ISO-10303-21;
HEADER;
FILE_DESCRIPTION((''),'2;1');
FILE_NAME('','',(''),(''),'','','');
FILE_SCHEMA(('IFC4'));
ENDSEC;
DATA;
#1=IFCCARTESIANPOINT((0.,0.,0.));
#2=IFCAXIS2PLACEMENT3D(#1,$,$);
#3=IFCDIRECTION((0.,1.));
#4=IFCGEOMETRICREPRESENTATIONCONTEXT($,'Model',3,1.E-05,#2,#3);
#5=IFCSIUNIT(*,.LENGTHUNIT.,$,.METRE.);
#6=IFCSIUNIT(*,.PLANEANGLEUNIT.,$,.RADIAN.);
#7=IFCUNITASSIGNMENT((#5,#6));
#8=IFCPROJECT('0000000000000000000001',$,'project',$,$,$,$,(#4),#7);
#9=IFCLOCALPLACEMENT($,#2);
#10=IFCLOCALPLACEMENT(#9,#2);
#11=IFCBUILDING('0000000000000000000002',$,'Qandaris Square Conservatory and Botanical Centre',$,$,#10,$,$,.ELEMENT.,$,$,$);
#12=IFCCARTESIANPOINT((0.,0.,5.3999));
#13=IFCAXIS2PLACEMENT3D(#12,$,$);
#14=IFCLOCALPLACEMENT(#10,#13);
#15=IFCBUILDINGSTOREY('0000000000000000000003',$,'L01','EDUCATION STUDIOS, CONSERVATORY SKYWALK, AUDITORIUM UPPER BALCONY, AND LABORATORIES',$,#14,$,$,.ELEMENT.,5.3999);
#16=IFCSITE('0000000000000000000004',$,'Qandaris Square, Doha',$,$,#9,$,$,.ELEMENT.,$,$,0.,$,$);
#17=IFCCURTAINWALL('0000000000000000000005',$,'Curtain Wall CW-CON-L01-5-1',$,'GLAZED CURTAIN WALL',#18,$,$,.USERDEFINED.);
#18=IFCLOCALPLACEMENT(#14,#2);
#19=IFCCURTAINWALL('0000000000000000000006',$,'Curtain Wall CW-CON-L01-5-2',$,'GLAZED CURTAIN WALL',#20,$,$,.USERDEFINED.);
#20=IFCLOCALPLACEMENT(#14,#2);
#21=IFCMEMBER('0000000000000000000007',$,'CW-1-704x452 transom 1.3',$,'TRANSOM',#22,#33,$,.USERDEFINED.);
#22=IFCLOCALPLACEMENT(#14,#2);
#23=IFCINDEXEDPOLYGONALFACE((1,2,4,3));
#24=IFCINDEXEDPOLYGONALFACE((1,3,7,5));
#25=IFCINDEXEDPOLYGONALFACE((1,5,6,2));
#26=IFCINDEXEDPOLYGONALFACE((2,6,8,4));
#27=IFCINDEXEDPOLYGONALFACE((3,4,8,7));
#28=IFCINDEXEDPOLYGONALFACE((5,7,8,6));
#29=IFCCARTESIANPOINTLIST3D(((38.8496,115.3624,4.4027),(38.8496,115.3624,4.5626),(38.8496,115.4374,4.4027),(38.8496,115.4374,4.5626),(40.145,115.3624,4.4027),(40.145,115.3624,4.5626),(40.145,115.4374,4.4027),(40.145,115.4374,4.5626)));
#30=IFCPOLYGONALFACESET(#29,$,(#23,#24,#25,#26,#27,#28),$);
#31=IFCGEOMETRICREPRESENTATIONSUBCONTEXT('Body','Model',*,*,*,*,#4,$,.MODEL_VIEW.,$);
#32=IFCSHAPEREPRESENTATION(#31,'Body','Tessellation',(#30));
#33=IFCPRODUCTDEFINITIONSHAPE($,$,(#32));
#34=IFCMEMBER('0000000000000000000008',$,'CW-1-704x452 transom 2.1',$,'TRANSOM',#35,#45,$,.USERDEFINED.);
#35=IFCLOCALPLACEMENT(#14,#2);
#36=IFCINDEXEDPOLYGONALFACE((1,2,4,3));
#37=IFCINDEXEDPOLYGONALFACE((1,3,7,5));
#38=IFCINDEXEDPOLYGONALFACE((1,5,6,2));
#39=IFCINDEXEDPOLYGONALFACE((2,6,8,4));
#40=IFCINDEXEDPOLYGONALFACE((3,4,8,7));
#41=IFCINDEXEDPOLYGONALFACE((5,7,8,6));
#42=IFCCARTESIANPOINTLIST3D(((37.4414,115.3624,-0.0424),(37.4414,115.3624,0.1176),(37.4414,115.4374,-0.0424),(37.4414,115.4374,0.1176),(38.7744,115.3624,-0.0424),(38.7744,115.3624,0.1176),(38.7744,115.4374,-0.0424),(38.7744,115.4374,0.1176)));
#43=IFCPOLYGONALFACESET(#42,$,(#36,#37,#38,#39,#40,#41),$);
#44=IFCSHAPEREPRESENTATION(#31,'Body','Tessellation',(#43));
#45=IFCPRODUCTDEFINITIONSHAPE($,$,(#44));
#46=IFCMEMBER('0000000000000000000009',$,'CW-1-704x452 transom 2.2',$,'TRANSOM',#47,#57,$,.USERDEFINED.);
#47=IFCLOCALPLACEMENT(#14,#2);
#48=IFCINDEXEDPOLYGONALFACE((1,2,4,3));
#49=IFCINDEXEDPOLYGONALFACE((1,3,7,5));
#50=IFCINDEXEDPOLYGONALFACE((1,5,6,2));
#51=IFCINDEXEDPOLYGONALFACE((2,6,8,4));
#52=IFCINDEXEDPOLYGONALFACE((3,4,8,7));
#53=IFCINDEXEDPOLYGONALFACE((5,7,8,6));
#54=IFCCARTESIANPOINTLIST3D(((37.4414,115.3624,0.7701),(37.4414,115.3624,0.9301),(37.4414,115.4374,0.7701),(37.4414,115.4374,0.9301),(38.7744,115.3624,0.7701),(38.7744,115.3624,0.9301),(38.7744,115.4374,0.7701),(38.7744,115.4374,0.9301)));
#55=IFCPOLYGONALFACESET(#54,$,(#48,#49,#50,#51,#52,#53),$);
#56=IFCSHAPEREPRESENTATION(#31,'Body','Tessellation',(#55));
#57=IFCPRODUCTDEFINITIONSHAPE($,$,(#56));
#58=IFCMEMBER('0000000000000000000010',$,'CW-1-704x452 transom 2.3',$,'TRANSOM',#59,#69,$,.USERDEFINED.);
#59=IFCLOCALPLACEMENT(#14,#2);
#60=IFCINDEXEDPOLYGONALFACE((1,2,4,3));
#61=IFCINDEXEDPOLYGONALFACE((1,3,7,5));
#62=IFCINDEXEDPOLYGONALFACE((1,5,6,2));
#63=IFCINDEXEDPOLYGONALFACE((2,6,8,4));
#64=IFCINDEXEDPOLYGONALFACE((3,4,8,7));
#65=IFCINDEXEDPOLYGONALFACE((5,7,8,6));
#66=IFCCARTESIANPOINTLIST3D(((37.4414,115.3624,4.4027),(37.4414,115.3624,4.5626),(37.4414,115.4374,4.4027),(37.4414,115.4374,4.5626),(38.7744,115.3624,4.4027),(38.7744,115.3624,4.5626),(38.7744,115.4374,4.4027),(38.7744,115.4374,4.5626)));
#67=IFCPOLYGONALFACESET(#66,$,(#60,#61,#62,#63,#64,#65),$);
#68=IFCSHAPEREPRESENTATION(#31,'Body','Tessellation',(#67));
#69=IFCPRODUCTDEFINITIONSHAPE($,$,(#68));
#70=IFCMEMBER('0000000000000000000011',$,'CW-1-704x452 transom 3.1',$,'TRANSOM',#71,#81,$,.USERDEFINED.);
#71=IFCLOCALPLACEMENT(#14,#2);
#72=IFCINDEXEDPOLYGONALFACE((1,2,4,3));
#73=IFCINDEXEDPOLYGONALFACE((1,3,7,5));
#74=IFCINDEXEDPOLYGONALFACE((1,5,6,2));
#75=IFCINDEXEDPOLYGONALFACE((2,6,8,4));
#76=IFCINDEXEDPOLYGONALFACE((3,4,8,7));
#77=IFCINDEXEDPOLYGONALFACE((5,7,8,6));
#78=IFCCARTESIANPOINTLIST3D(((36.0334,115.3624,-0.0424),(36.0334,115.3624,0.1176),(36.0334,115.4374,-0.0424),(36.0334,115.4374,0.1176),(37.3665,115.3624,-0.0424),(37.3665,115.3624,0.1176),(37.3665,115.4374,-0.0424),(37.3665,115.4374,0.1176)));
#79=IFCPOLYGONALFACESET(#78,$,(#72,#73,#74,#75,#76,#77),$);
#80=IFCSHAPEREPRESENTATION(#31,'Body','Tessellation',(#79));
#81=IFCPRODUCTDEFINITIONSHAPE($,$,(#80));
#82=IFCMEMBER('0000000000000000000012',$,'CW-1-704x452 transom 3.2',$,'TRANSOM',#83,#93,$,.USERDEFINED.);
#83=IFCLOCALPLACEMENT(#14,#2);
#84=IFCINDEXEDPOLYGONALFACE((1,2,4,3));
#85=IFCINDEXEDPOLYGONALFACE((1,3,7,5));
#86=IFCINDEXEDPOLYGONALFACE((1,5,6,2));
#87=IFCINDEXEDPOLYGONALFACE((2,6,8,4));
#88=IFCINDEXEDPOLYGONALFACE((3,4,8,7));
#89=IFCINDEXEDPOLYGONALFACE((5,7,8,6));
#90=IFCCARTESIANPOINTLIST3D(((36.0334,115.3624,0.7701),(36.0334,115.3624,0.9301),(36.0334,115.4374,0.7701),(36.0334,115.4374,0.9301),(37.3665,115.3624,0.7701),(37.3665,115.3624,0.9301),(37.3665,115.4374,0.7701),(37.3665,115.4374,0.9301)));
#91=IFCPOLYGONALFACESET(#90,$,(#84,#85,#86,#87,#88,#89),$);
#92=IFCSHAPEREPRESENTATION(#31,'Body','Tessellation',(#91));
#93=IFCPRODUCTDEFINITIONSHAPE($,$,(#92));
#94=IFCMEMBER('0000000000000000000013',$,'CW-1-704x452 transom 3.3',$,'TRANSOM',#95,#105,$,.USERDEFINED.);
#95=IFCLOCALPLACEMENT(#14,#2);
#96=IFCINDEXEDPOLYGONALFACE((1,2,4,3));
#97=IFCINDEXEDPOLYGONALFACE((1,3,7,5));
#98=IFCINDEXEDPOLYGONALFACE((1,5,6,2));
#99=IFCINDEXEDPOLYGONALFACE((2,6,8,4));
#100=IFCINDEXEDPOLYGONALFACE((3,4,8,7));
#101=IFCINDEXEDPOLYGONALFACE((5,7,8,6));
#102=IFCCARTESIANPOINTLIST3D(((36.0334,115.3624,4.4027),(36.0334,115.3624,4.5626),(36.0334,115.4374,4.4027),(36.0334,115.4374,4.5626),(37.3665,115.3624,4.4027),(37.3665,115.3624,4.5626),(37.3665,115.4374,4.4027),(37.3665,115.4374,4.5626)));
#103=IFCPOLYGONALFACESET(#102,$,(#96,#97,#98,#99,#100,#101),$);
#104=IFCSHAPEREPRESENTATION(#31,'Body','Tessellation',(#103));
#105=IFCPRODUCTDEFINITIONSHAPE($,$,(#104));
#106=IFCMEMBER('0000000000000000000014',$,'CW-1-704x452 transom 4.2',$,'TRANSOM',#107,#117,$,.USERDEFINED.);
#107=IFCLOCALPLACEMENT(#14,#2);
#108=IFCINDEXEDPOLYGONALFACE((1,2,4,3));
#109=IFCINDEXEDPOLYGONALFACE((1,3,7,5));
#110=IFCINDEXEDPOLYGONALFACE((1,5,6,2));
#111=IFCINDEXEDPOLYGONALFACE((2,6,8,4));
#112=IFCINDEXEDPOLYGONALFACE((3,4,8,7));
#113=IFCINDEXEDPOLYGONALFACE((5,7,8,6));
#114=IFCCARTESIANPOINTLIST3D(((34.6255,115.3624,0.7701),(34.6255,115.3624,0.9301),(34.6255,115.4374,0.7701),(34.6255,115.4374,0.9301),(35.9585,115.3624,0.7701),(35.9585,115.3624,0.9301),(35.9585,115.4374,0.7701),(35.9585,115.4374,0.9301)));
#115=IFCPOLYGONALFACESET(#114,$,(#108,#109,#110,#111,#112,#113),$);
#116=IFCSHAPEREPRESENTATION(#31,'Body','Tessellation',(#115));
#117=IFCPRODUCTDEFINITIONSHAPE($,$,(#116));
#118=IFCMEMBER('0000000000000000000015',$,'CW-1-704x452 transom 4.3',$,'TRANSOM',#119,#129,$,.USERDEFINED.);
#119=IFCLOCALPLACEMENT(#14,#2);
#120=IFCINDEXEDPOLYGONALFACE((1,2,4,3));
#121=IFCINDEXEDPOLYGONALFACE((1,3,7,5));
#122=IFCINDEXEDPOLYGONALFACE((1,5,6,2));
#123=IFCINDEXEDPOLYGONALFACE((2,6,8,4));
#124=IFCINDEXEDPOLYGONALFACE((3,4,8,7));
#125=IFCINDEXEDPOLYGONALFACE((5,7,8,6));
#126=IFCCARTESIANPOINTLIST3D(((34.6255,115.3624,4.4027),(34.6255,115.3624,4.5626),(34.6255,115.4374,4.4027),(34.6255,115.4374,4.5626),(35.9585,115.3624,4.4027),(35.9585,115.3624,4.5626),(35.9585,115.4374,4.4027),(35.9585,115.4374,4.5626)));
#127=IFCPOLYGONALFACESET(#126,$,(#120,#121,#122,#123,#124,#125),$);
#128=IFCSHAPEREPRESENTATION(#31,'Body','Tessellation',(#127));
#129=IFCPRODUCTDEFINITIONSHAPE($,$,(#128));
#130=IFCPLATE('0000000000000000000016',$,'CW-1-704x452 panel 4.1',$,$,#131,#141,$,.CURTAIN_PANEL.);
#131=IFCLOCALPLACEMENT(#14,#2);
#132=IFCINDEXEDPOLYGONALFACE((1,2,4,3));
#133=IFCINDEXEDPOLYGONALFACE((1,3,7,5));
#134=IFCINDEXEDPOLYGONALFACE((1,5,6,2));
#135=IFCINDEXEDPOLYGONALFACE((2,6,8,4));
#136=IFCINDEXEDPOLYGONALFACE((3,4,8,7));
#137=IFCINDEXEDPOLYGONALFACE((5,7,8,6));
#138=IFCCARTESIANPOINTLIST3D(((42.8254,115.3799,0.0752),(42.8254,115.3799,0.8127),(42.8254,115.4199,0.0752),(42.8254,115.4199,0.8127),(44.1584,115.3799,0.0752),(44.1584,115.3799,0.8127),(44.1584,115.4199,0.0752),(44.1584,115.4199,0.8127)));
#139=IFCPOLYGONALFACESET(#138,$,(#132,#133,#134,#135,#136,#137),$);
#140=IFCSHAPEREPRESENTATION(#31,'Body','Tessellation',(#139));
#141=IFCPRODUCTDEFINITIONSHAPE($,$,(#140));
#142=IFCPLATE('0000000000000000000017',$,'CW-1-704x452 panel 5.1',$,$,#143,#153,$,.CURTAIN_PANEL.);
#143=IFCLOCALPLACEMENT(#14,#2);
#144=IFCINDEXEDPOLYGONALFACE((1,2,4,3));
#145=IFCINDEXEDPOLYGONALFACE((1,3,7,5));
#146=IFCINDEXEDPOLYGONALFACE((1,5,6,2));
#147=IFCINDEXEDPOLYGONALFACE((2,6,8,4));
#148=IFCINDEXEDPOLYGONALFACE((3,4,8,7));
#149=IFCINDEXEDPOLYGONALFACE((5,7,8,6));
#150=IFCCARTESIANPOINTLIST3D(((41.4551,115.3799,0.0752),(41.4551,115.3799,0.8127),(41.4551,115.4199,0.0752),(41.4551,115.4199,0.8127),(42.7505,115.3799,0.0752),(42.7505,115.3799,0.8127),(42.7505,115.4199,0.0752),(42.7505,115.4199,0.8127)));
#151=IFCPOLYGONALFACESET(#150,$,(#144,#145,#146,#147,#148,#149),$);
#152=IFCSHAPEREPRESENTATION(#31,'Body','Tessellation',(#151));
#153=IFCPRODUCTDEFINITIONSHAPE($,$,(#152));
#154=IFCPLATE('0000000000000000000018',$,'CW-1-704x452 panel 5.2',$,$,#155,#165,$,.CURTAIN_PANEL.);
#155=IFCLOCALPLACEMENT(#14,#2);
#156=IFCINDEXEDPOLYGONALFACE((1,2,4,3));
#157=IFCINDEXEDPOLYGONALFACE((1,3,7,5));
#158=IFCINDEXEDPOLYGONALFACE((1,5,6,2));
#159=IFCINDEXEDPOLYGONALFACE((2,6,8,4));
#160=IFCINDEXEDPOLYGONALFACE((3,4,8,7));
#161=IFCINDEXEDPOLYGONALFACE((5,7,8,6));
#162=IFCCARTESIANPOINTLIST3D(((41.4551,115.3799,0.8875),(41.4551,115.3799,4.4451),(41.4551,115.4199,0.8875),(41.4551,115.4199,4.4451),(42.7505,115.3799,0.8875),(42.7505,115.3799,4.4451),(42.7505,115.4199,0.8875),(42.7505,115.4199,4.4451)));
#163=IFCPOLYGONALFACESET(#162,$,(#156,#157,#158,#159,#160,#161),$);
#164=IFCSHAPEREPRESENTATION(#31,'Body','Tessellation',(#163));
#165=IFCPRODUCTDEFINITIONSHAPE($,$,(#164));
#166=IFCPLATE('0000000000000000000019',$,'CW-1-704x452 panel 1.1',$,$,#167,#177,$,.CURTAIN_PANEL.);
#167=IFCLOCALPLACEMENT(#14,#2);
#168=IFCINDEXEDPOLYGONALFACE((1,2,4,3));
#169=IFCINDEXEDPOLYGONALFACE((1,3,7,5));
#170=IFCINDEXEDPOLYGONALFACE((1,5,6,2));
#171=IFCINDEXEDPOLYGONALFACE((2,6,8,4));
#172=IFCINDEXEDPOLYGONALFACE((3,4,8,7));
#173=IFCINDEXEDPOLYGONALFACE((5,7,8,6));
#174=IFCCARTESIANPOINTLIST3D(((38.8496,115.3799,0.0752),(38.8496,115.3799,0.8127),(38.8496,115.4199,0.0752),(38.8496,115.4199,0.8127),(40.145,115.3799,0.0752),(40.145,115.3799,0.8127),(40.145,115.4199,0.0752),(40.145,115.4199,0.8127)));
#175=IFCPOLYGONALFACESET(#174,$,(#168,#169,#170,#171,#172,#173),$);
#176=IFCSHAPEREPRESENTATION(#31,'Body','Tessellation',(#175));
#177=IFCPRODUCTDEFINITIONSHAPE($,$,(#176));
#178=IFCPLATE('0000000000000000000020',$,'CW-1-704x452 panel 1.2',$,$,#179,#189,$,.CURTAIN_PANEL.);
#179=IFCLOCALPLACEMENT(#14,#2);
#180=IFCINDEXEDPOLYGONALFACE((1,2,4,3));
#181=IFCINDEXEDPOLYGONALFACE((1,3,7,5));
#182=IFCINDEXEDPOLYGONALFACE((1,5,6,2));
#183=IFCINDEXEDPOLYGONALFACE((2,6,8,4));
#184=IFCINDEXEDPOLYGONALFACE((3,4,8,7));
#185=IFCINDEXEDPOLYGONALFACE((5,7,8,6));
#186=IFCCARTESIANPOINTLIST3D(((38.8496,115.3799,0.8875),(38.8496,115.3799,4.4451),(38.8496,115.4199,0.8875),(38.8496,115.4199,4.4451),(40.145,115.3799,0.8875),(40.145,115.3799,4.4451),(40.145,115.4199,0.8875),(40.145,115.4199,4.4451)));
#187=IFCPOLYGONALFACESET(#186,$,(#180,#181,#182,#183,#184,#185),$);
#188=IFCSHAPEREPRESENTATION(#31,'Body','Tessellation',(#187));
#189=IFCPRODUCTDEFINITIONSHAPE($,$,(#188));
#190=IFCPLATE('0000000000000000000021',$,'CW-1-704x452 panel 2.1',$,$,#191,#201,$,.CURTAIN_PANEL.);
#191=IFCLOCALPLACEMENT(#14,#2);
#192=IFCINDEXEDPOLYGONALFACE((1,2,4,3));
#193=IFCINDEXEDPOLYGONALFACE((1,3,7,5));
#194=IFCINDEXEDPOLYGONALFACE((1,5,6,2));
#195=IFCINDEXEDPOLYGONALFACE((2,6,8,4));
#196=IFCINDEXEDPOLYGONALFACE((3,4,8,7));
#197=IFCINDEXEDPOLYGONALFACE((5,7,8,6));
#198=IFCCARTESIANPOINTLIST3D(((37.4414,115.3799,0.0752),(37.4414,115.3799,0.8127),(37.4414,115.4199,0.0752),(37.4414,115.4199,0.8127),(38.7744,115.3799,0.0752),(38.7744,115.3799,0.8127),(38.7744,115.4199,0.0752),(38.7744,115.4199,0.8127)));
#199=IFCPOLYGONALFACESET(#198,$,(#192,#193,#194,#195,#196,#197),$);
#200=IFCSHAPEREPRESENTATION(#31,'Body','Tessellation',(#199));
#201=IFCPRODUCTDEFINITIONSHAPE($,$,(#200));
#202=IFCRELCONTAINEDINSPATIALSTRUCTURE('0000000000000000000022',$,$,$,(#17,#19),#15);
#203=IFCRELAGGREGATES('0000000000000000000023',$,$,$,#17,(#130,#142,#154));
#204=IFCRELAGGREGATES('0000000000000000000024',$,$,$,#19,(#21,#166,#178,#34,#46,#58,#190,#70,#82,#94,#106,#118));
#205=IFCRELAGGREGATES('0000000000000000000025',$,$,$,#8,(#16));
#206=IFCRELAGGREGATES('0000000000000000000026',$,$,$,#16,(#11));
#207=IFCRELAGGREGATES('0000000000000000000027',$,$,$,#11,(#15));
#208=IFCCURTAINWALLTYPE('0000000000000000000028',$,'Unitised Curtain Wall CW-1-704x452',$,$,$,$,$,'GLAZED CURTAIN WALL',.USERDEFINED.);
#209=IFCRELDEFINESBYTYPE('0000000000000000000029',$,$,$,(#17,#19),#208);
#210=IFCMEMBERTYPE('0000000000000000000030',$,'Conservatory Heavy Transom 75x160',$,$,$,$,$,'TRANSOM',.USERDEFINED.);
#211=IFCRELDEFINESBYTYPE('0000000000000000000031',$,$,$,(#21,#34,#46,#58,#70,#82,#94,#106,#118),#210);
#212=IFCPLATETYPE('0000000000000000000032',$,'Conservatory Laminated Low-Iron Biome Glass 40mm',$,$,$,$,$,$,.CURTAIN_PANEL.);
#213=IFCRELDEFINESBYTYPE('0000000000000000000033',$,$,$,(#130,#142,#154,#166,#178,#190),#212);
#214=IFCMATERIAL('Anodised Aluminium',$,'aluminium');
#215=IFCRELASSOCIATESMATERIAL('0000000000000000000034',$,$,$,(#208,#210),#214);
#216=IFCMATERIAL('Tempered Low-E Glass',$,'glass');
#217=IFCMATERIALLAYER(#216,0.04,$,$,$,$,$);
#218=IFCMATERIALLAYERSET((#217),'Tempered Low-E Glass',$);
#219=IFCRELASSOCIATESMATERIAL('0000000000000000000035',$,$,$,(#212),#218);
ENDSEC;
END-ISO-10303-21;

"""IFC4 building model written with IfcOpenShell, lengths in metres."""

from ifc_helpers import new_model, si_unit, direction, frame, origin, origin_2d, place, context, subcontext, project, spatial, rectangle, extrude, material, layer, layer_set, material_profile, profile_set, type_object, element, aggregate, save


model = new_model("IFC4")

# Units and contexts
model_context = context("Model", 3, precision=1e-05, world=origin(), true_north=direction((0.0, 1.0)))
body_context = subcontext(model_context, "Body", "Model", "MODEL_VIEW")
ifc_project = project(units=[si_unit("LENGTHUNIT", "METRE"), si_unit("PLANEANGLEUNIT", "RADIAN")], contexts=[model_context])

# Site, building, storey
site_placement = place(None, origin())
site = spatial("IfcSite", under=ifc_project, at=site_placement, Name="Qandaris Square, Doha", CompositionType="ELEMENT", RefElevation=0.0)
building_placement = place(site_placement, origin())
building = spatial("IfcBuilding", under=site, at=building_placement, Name="Qandaris Square Conservatory and Botanical Centre", CompositionType="ELEMENT")
storey_placement = place(building_placement, frame((0.0, 0.0, 5.3999)))
storey = spatial("IfcBuildingStorey", under=building, at=storey_placement, Name="L01", Description="EDUCATION STUDIOS, CONSERVATORY SKYWALK, AUDITORIUM UPPER BALCONY, AND LABORATORIES", CompositionType="ELEMENT", Elevation=5.3999)

# Curtain walls
ifc_material_1 = material(Name="Anodised Aluminium", Category="aluminium")
curtain_wall_type = type_object("IfcCurtainWallType", Name="Unitised Curtain Wall CW-1-704x452", ElementType="GLAZED CURTAIN WALL", PredefinedType="USERDEFINED", material=ifc_material_1)
curtain_wall_1_placement = place(storey_placement, origin())
curtain_wall_1 = element("IfcCurtainWall", 1, at=curtain_wall_1_placement, inside=storey, type_object=curtain_wall_type, Name="Curtain Wall CW-CON-L01-5-1", ObjectType="GLAZED CURTAIN WALL", PredefinedType="USERDEFINED")
curtain_wall_2_placement = place(storey_placement, origin())
curtain_wall_2 = element("IfcCurtainWall", 2, at=curtain_wall_2_placement, inside=storey, type_object=curtain_wall_type, Name="Curtain Wall CW-CON-L01-5-2", ObjectType="GLAZED CURTAIN WALL", PredefinedType="USERDEFINED")

# Members
ifc_material_profile_1 = material_profile(ifc_material_1, rectangle(XDim=0.075, YDim=0.1599, at=origin_2d()), Name="ALU-TRN 75x160")
ifc_profile_set_1 = profile_set([ifc_material_profile_1], Name="Anodised Aluminium")
member_type_1 = type_object("IfcMemberType", Name="Conservatory Heavy Transom 75x160", ElementType="TRANSOM", PredefinedType="USERDEFINED", material=ifc_profile_set_1)
member_1_placement = place(storey_placement, frame((40.145, 115.3999, 4.4827), z_axis=(-1.0, 0.0, 0.0), x_axis=(0.0, -1.0, 0.0)))
member_1 = element("IfcMember", 3, at=member_1_placement, type_object=member_type_1, Name="CW-1-704x452 transom 1.3", ObjectType="TRANSOM", PredefinedType="USERDEFINED", context=body_context, shape_type="SweptSolid", body=[
    extrude(rectangle(XDim=0.075, YDim=0.1599, at=origin_2d()), origin(), (0.0, 0.0, 1.0), 1.2954),
])
member_2_placement = place(storey_placement, frame((38.7744, 115.3999, 0.0376), z_axis=(-1.0, 0.0, 0.0), x_axis=(0.0, -1.0, 0.0)))
member_2 = element("IfcMember", 4, at=member_2_placement, type_object=member_type_1, Name="CW-1-704x452 transom 2.1", ObjectType="TRANSOM", PredefinedType="USERDEFINED", context=body_context, shape_type="SweptSolid", body=[
    extrude(rectangle(XDim=0.075, YDim=0.1599, at=origin_2d()), origin(), (0.0, 0.0, 1.0), 1.333),
])
member_3_placement = place(storey_placement, frame((38.7744, 115.3999, 0.8501), z_axis=(-1.0, 0.0, 0.0), x_axis=(0.0, -1.0, 0.0)))
member_3 = element("IfcMember", 5, at=member_3_placement, type_object=member_type_1, Name="CW-1-704x452 transom 2.2", ObjectType="TRANSOM", PredefinedType="USERDEFINED", context=body_context, shape_type="SweptSolid", body=[
    extrude(rectangle(XDim=0.075, YDim=0.1599, at=origin_2d()), origin(), (0.0, 0.0, 1.0), 1.333),
])
member_4_placement = place(storey_placement, frame((38.7744, 115.3999, 4.4827), z_axis=(-1.0, 0.0, 0.0), x_axis=(0.0, -1.0, 0.0)))
member_4 = element("IfcMember", 6, at=member_4_placement, type_object=member_type_1, Name="CW-1-704x452 transom 2.3", ObjectType="TRANSOM", PredefinedType="USERDEFINED", context=body_context, shape_type="SweptSolid", body=[
    extrude(rectangle(XDim=0.075, YDim=0.1599, at=origin_2d()), origin(), (0.0, 0.0, 1.0), 1.333),
])
member_5_placement = place(storey_placement, frame((37.3665, 115.3999, 0.0376), z_axis=(-1.0, 0.0, 0.0), x_axis=(0.0, -1.0, 0.0)))
member_5 = element("IfcMember", 7, at=member_5_placement, type_object=member_type_1, Name="CW-1-704x452 transom 3.1", ObjectType="TRANSOM", PredefinedType="USERDEFINED", context=body_context, shape_type="SweptSolid", body=[
    extrude(rectangle(XDim=0.075, YDim=0.1599, at=origin_2d()), origin(), (0.0, 0.0, 1.0), 1.333),
])
member_6_placement = place(storey_placement, frame((37.3665, 115.3999, 0.8501), z_axis=(-1.0, 0.0, 0.0), x_axis=(0.0, -1.0, 0.0)))
member_6 = element("IfcMember", 8, at=member_6_placement, type_object=member_type_1, Name="CW-1-704x452 transom 3.2", ObjectType="TRANSOM", PredefinedType="USERDEFINED", context=body_context, shape_type="SweptSolid", body=[
    extrude(rectangle(XDim=0.075, YDim=0.1599, at=origin_2d()), origin(), (0.0, 0.0, 1.0), 1.333),
])
member_7_placement = place(storey_placement, frame((37.3665, 115.3999, 4.4827), z_axis=(-1.0, 0.0, 0.0), x_axis=(0.0, -1.0, 0.0)))
member_7 = element("IfcMember", 9, at=member_7_placement, type_object=member_type_1, Name="CW-1-704x452 transom 3.3", ObjectType="TRANSOM", PredefinedType="USERDEFINED", context=body_context, shape_type="SweptSolid", body=[
    extrude(rectangle(XDim=0.075, YDim=0.1599, at=origin_2d()), origin(), (0.0, 0.0, 1.0), 1.333),
])
member_8_placement = place(storey_placement, frame((35.9585, 115.3999, 0.8501), z_axis=(-1.0, 0.0, 0.0), x_axis=(0.0, -1.0, 0.0)))
member_8 = element("IfcMember", 10, at=member_8_placement, type_object=member_type_1, Name="CW-1-704x452 transom 4.2", ObjectType="TRANSOM", PredefinedType="USERDEFINED", context=body_context, shape_type="SweptSolid", body=[
    extrude(rectangle(XDim=0.075, YDim=0.1599, at=origin_2d()), origin(), (0.0, 0.0, 1.0), 1.333),
])
member_9_placement = place(storey_placement, frame((35.9585, 115.3999, 4.4827), z_axis=(-1.0, 0.0, 0.0), x_axis=(0.0, -1.0, 0.0)))
member_9 = element("IfcMember", 11, at=member_9_placement, type_object=member_type_1, Name="CW-1-704x452 transom 4.3", ObjectType="TRANSOM", PredefinedType="USERDEFINED", context=body_context, shape_type="SweptSolid", body=[
    extrude(rectangle(XDim=0.075, YDim=0.1599, at=origin_2d()), origin(), (0.0, 0.0, 1.0), 1.333),
])

# Plates
ifc_material_2 = material(Name="Tempered Low-E Glass", Category="glass")
ifc_layer = layer(ifc_material_2, 0.04)
ifc_layer_set = layer_set([ifc_layer], Name="Tempered Low-E Glass")
plate_type = type_object("IfcPlateType", Name="Conservatory Laminated Low-Iron Biome Glass 40mm", PredefinedType="CURTAIN_PANEL", material=ifc_layer_set)
plate_1_placement = place(storey_placement, frame((43.4919, 115.3999, 0.0752), z_axis=(0.0, 0.0, 1.0), x_axis=(-1.0, 0.0, 0.0)))
plate_1 = element("IfcPlate", 12, at=plate_1_placement, type_object=plate_type, Name="CW-1-704x452 panel 4.1", PredefinedType="CURTAIN_PANEL", context=body_context, shape_type="SweptSolid", body=[
    extrude(rectangle(XDim=1.333, YDim=0.04, at=origin_2d()), origin(), (0.0, 0.0, 1.0), 0.7375),
])
plate_2_placement = place(storey_placement, frame((42.1028, 115.3999, 0.0752), z_axis=(0.0, 0.0, 1.0), x_axis=(-1.0, 0.0, 0.0)))
plate_2 = element("IfcPlate", 13, at=plate_2_placement, type_object=plate_type, Name="CW-1-704x452 panel 5.1", PredefinedType="CURTAIN_PANEL", context=body_context, shape_type="SweptSolid", body=[
    extrude(rectangle(XDim=1.2954, YDim=0.04, at=origin_2d()), origin(), (0.0, 0.0, 1.0), 0.7375),
])
plate_3_placement = place(storey_placement, frame((42.1028, 115.3999, 0.8875), z_axis=(0.0, 0.0, 1.0), x_axis=(-1.0, 0.0, 0.0)))
plate_3 = element("IfcPlate", 14, at=plate_3_placement, type_object=plate_type, Name="CW-1-704x452 panel 5.2", PredefinedType="CURTAIN_PANEL", context=body_context, shape_type="SweptSolid", body=[
    extrude(rectangle(XDim=1.2954, YDim=0.04, at=origin_2d()), origin(), (0.0, 0.0, 1.0), 3.5576),
])
aggregate(curtain_wall_1, [plate_1, plate_2, plate_3])
plate_4_placement = place(storey_placement, frame((39.4973, 115.3999, 0.0752), z_axis=(0.0, 0.0, 1.0), x_axis=(-1.0, 0.0, 0.0)))
plate_4 = element("IfcPlate", 15, at=plate_4_placement, type_object=plate_type, Name="CW-1-704x452 panel 1.1", PredefinedType="CURTAIN_PANEL", context=body_context, shape_type="SweptSolid", body=[
    extrude(rectangle(XDim=1.2954, YDim=0.04, at=origin_2d()), origin(), (0.0, 0.0, 1.0), 0.7375),
])
plate_5_placement = place(storey_placement, frame((39.4973, 115.3999, 0.8875), z_axis=(0.0, 0.0, 1.0), x_axis=(-1.0, 0.0, 0.0)))
plate_5 = element("IfcPlate", 16, at=plate_5_placement, type_object=plate_type, Name="CW-1-704x452 panel 1.2", PredefinedType="CURTAIN_PANEL", context=body_context, shape_type="SweptSolid", body=[
    extrude(rectangle(XDim=1.2954, YDim=0.04, at=origin_2d()), origin(), (0.0, 0.0, 1.0), 3.5576),
])
plate_6_placement = place(storey_placement, frame((38.1079, 115.3999, 0.0752), z_axis=(0.0, 0.0, 1.0), x_axis=(-1.0, 0.0, 0.0)))
plate_6 = element("IfcPlate", 17, at=plate_6_placement, type_object=plate_type, Name="CW-1-704x452 panel 2.1", PredefinedType="CURTAIN_PANEL", context=body_context, shape_type="SweptSolid", body=[
    extrude(rectangle(XDim=1.333, YDim=0.04, at=origin_2d()), origin(), (0.0, 0.0, 1.0), 0.7375),
])
aggregate(curtain_wall_2, [member_1, plate_4, plate_5, member_2, member_3, member_4, plate_6, member_5, member_6, member_7, member_8, member_9])

save(model, "model.ifc")
